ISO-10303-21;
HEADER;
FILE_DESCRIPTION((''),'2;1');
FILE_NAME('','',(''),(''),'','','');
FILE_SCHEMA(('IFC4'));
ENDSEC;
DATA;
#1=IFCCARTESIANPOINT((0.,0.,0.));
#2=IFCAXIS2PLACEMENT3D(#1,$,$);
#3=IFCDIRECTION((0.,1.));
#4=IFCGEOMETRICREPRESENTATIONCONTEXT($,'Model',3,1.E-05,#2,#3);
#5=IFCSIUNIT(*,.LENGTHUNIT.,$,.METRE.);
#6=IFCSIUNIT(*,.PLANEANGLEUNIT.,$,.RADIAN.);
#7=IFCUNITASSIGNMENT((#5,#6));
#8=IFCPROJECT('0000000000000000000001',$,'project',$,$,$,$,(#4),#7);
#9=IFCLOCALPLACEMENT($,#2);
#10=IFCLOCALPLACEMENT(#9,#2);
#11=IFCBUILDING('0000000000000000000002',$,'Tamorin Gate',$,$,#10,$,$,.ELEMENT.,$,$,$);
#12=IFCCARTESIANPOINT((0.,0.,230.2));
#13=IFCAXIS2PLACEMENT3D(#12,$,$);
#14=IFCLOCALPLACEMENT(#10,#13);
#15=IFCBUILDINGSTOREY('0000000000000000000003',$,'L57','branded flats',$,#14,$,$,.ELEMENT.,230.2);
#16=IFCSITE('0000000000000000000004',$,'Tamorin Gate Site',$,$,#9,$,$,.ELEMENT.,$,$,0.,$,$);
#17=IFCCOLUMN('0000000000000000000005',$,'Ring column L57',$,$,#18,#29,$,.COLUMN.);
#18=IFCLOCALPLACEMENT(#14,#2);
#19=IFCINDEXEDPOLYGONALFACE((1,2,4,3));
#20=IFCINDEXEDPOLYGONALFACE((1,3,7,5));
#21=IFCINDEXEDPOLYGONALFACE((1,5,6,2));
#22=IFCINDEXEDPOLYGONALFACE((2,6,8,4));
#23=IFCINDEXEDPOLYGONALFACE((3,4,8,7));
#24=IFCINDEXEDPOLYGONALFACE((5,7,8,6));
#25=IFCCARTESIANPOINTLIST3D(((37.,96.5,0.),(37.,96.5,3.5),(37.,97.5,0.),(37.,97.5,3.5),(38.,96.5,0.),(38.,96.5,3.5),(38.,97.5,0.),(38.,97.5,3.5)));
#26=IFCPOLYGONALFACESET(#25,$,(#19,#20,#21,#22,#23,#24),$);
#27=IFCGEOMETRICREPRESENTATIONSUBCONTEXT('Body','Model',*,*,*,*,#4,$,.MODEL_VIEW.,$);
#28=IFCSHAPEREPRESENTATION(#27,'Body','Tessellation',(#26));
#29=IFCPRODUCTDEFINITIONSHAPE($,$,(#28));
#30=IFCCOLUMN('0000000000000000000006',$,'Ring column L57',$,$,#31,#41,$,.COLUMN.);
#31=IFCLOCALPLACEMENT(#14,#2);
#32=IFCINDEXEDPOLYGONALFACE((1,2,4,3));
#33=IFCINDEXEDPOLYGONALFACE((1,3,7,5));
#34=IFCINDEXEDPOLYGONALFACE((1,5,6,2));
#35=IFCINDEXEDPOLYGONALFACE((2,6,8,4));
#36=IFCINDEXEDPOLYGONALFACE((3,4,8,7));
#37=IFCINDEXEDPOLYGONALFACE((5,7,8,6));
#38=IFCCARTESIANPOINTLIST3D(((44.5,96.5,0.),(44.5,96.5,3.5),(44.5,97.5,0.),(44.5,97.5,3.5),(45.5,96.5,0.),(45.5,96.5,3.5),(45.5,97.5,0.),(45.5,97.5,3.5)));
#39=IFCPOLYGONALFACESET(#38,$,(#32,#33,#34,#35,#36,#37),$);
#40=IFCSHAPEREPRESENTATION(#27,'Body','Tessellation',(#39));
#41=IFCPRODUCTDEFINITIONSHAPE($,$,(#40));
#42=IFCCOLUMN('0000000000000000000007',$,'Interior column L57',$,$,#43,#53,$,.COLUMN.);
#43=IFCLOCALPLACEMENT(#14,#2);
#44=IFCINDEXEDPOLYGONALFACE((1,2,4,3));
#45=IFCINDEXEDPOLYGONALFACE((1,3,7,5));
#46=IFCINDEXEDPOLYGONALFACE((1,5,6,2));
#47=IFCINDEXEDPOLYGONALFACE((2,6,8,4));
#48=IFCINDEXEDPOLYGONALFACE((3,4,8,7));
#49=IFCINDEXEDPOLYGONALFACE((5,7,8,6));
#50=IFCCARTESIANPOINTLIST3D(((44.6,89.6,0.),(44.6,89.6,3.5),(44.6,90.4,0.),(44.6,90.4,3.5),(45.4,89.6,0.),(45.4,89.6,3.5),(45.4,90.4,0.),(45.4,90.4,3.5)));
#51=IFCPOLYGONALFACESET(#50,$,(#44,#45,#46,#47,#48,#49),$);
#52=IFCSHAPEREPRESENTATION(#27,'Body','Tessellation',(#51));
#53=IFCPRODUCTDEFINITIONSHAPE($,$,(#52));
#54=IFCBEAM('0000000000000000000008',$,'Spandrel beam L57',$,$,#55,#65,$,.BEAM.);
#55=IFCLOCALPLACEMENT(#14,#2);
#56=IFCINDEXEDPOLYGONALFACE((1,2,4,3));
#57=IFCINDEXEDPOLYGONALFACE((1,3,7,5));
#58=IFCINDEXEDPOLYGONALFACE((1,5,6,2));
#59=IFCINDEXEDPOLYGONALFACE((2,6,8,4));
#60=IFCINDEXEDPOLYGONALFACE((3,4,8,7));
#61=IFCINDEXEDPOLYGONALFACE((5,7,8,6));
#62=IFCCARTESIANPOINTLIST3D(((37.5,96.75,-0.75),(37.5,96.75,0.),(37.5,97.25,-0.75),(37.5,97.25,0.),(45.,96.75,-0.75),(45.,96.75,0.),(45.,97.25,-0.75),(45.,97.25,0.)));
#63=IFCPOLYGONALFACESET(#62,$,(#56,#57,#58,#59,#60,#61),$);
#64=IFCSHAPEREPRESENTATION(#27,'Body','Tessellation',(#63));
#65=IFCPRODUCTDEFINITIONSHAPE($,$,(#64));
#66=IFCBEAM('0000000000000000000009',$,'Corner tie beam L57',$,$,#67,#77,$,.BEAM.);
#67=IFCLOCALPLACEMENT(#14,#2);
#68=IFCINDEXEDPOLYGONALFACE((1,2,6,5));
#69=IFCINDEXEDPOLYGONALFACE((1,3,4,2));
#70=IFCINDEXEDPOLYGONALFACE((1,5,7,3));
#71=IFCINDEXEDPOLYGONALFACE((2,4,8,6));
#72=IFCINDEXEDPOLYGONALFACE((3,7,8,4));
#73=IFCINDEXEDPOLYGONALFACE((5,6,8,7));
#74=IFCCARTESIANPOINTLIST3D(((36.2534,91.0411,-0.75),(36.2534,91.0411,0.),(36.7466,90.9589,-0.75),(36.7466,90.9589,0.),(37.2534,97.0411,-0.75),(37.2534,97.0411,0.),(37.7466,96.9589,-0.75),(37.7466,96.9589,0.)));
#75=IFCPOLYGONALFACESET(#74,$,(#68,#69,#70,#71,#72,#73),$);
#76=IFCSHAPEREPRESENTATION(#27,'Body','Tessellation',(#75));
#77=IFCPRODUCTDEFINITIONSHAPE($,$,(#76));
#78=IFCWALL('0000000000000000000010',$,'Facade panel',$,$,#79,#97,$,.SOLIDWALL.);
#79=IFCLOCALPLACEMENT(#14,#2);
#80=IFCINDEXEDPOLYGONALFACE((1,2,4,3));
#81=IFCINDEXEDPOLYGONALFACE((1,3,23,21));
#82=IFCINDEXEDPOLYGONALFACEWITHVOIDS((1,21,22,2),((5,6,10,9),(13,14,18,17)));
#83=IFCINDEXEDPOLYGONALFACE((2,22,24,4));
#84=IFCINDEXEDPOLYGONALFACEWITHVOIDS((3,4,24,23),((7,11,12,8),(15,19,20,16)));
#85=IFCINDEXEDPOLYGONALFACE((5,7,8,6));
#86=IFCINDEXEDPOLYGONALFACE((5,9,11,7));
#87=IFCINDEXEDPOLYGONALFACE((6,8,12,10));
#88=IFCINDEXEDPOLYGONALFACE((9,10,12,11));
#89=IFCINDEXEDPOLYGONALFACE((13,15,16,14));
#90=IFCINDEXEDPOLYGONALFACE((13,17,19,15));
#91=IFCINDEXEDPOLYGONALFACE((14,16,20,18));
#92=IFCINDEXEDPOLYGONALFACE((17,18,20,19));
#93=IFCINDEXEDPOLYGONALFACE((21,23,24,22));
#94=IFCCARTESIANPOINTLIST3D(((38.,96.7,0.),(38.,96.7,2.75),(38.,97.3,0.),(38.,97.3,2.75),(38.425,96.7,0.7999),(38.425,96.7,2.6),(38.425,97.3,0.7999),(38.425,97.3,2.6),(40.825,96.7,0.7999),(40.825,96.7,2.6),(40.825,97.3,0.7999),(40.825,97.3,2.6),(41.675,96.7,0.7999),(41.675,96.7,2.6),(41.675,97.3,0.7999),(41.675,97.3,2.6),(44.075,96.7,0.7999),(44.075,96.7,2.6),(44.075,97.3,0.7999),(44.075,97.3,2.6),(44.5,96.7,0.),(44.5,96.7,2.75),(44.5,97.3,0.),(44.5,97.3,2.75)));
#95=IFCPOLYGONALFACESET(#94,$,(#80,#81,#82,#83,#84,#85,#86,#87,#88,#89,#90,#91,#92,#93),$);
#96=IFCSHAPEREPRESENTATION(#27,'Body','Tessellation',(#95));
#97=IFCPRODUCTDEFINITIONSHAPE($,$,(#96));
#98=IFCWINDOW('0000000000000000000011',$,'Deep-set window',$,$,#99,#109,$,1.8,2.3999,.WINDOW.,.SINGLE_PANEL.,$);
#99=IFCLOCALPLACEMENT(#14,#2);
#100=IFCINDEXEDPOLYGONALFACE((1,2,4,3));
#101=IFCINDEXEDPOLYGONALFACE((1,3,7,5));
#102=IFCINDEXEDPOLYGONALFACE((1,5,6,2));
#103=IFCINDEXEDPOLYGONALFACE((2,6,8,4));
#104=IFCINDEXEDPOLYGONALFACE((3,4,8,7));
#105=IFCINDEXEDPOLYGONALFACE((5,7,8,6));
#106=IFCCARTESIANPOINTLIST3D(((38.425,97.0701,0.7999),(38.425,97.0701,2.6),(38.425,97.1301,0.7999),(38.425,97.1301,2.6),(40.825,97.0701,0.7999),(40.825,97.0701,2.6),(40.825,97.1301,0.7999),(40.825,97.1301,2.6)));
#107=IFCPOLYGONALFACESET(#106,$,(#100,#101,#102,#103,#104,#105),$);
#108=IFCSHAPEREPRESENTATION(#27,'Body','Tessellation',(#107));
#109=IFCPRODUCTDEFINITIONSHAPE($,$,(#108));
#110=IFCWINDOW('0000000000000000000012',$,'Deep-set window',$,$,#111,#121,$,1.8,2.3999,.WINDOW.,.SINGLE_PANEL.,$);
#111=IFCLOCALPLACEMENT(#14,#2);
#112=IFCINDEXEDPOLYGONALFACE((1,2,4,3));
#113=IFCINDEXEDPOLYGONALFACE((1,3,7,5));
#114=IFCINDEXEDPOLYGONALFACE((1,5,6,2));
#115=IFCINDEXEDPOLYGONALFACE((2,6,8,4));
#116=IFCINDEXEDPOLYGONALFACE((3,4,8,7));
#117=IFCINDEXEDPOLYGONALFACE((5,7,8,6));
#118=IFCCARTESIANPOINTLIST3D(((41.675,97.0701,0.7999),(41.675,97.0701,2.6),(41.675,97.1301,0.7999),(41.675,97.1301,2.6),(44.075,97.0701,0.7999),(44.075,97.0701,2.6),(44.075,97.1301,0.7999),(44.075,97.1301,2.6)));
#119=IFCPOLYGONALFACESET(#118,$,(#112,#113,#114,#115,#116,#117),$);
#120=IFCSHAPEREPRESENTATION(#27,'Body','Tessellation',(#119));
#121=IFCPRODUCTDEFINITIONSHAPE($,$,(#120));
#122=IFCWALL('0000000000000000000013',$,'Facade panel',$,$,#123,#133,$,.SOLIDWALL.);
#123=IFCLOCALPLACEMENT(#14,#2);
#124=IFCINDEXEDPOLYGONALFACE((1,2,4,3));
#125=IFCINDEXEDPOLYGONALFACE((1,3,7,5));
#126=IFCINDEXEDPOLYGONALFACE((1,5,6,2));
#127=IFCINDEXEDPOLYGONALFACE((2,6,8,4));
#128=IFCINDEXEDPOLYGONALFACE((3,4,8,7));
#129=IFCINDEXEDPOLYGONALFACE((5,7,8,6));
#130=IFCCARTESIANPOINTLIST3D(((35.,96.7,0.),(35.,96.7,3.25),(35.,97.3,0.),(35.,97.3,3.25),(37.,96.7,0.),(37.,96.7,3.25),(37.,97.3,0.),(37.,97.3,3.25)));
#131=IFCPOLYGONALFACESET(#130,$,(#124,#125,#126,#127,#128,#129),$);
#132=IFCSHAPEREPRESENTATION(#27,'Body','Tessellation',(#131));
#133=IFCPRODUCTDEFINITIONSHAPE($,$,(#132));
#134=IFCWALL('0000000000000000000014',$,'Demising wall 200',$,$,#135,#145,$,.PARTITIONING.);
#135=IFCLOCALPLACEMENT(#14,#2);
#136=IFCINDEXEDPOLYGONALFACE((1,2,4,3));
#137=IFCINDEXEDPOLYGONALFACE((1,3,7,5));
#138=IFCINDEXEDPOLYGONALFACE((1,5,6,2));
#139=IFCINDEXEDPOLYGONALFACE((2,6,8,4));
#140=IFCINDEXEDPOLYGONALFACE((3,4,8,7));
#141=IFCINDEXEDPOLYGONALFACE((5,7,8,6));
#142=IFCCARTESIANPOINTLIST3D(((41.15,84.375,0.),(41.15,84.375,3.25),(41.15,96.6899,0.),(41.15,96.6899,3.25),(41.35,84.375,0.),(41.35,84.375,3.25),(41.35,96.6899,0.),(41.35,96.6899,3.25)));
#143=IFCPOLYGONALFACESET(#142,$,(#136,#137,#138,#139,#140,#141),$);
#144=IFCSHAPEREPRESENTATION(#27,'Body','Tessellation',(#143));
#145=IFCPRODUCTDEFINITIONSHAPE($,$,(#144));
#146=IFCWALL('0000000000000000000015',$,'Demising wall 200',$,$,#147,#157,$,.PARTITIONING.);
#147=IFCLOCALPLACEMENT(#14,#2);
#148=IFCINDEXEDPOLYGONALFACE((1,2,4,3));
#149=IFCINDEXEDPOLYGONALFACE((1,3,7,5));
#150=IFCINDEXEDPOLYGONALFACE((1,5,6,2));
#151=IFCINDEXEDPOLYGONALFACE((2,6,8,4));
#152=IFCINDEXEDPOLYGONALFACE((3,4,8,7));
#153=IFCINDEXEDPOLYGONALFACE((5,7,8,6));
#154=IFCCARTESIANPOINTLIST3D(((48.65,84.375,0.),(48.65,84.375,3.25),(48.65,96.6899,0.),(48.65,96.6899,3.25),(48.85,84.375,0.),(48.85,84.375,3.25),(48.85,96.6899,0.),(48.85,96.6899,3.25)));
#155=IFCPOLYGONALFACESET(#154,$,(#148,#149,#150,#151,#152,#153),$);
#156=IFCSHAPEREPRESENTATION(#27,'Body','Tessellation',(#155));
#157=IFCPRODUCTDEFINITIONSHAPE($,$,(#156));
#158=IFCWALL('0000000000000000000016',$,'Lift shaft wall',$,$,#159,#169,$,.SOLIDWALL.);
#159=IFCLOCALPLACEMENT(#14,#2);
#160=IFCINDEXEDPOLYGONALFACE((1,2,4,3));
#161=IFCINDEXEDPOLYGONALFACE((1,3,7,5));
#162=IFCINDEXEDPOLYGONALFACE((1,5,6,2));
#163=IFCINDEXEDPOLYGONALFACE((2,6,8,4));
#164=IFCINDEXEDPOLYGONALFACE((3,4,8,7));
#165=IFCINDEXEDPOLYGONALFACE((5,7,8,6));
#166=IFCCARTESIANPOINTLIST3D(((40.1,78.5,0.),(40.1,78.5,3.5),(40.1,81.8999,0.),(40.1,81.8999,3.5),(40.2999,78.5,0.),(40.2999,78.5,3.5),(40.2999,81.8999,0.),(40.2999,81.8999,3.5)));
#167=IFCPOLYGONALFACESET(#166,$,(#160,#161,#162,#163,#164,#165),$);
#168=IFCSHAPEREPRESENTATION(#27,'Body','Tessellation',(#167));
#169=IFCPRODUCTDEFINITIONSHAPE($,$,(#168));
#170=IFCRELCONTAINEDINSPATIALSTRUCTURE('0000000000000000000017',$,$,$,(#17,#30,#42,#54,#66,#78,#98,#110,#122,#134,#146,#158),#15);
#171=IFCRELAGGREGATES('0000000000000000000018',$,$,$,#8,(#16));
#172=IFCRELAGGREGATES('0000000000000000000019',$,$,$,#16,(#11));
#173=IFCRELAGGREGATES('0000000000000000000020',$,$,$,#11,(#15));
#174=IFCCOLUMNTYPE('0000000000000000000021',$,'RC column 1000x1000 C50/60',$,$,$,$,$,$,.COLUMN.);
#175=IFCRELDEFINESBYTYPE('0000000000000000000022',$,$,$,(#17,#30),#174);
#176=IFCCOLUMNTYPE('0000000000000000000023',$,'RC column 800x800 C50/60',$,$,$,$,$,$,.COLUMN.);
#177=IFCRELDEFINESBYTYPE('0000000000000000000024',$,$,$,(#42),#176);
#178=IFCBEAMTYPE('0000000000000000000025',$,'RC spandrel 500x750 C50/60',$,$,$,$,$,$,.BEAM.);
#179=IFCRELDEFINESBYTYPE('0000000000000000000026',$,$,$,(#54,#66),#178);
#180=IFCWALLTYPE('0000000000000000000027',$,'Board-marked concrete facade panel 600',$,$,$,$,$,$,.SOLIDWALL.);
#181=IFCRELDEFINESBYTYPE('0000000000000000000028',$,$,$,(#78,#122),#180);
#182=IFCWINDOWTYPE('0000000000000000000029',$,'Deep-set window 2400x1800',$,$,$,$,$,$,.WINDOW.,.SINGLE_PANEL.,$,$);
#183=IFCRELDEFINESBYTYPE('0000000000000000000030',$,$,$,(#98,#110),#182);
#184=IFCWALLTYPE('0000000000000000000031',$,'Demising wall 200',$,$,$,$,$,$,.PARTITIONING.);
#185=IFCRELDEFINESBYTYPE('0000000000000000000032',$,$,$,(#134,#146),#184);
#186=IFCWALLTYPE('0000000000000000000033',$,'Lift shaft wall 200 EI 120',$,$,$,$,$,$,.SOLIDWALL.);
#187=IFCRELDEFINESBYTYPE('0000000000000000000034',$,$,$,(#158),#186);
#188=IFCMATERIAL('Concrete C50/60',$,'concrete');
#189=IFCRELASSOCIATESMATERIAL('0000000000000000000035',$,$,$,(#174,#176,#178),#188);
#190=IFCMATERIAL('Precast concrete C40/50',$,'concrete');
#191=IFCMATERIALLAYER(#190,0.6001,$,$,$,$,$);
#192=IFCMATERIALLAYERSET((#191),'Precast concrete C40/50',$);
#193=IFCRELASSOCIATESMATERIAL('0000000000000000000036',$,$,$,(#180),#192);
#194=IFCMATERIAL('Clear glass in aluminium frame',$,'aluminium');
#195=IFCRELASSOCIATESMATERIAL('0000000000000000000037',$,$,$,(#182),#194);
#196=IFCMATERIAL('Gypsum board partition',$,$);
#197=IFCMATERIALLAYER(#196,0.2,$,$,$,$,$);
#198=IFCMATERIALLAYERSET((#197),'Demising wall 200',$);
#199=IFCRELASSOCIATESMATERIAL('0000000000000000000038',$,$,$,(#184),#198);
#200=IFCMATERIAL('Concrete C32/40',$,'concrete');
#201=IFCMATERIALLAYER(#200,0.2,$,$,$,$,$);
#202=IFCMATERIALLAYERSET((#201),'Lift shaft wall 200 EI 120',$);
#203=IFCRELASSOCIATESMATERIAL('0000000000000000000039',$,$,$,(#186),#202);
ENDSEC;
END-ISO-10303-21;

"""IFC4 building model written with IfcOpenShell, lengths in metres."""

from ifc_helpers import new_model, si_unit, direction, frame, frame_2d, origin, origin_2d, place, context, subcontext, project, spatial, rectangle, extrude, material, layer, layer_set, material_profile, profile_set, type_object, element, fill, save


model = new_model("IFC4")

# Units and contexts
model_context = context("Model", 3, precision=1e-05, world=origin(), true_north=direction((0.0, 1.0)))
body_context = subcontext(model_context, "Body", "Model", "MODEL_VIEW")
ifc_project = project(units=[si_unit("LENGTHUNIT", "METRE"), si_unit("PLANEANGLEUNIT", "RADIAN")], contexts=[model_context])

# Site, building, storey
site_placement = place(None, origin())
site = spatial("IfcSite", under=ifc_project, at=site_placement, Name="Tamorin Gate Site", CompositionType="ELEMENT", RefElevation=0.0)
building_placement = place(site_placement, origin())
building = spatial("IfcBuilding", under=site, at=building_placement, Name="Tamorin Gate", CompositionType="ELEMENT")
storey_placement = place(building_placement, frame((0.0, 0.0, 230.2)))
storey = spatial("IfcBuildingStorey", under=building, at=storey_placement, Name="L57", Description="branded flats", CompositionType="ELEMENT", Elevation=230.2)

# Columns
ifc_material_1 = material(Name="Concrete C50/60", Category="concrete")
ifc_material_profile_1 = material_profile(ifc_material_1, rectangle(XDim=1.0, YDim=1.0, at=origin_2d()), Name="RC 1000x1000")
ifc_profile_set_1 = profile_set([ifc_material_profile_1], Name="Concrete C50/60")
column_type_1 = type_object("IfcColumnType", Name="RC column 1000x1000 C50/60", PredefinedType="COLUMN", material=ifc_profile_set_1)
for number, where, z_axis, x_axis, name in (
    (1, (37.5, 97.0, 0.0), (0.0, 0.0, 1.0), (1.0, 0.0, 0.0), "Ring column L57"),
    (2, (45.0, 97.0, 0.0), (0.0, 0.0, 1.0), (1.0, 0.0, 0.0), "Ring column L57"),
):
    element("IfcColumn", number, at=place(storey_placement, frame(where, z_axis=z_axis, x_axis=x_axis)), inside=storey, type_object=column_type_1, Name=name, PredefinedType="COLUMN", context=body_context, shape_type="SweptSolid", body=[
        extrude(rectangle(XDim=1.0, YDim=1.0, at=origin_2d()), origin(), (0.0, 0.0, 1.0), 3.5),
    ])
ifc_material_profile_2 = material_profile(ifc_material_1, rectangle(XDim=0.8, YDim=0.8, at=origin_2d()), Name="RC 800x800")
ifc_profile_set_2 = profile_set([ifc_material_profile_2], Name="Concrete C50/60")
column_type_2 = type_object("IfcColumnType", Name="RC column 800x800 C50/60", PredefinedType="COLUMN", material=ifc_profile_set_2)
column_placement = place(storey_placement, frame((45.0, 90.0, 0.0), z_axis=(0.0, 0.0, 1.0), x_axis=(1.0, 0.0, 0.0)))
element("IfcColumn", 3, at=column_placement, inside=storey, type_object=column_type_2, Name="Interior column L57", PredefinedType="COLUMN", context=body_context, shape_type="SweptSolid", body=[
    extrude(rectangle(XDim=0.8, YDim=0.8, at=origin_2d()), origin(), (0.0, 0.0, 1.0), 3.5),
])

# Beams
ifc_material_profile_3 = material_profile(ifc_material_1, rectangle(XDim=0.5, YDim=0.75, at=origin_2d()), Name="RC 500x750")
ifc_profile_set_3 = profile_set([ifc_material_profile_3], Name="Concrete C50/60")
beam_type = type_object("IfcBeamType", Name="RC spandrel 500x750 C50/60", PredefinedType="BEAM", material=ifc_profile_set_3)
beam_1_placement = place(storey_placement, frame((45.0, 97.0, -0.375), z_axis=(-1.0, 0.0, 0.0), x_axis=(0.0, -1.0, 0.0)))
element("IfcBeam", 4, at=beam_1_placement, inside=storey, type_object=beam_type, Name="Spandrel beam L57", PredefinedType="BEAM", context=body_context, shape_type="SweptSolid", body=[
    extrude(rectangle(XDim=0.5, YDim=0.75, at=origin_2d()), origin(), (0.0, 0.0, 1.0), 7.5),
])
beam_2_placement = place(storey_placement, frame((36.5, 91.0, -0.375), z_axis=(0.164399, 0.986394, 0.0), x_axis=(-0.986394, 0.164399, 0.0)))
element("IfcBeam", 5, at=beam_2_placement, inside=storey, type_object=beam_type, Name="Corner tie beam L57", PredefinedType="BEAM", context=body_context, shape_type="SweptSolid", body=[
    extrude(rectangle(XDim=0.5, YDim=0.75, at=origin_2d()), origin(), (0.0, 0.0, 1.0), 6.0828),
])

# Wall, openings, windows
ifc_material_2 = material(Name="Precast concrete C40/50", Category="concrete")
ifc_layer_1 = layer(ifc_material_2, 0.6001)
ifc_layer_set_1 = layer_set([ifc_layer_1], Name="Precast concrete C40/50")
wall_type_1 = type_object("IfcWallType", Name="Board-marked concrete facade panel 600", PredefinedType="SOLIDWALL", material=ifc_layer_set_1)
wall_1_placement = place(storey_placement, frame((44.5, 97.0, 0.0), z_axis=(0.0, 0.0, 1.0), x_axis=(-1.0, 0.0, 0.0)))
wall_1 = element("IfcWall", 6, at=wall_1_placement, inside=storey, type_object=wall_type_1, Name="Facade panel", PredefinedType="SOLIDWALL", context=body_context, shape_type="SweptSolid", body=[
    extrude(rectangle(XDim=6.5, YDim=0.6001, at=frame_2d((3.25, 0.0))), origin(), (0.0, 0.0, 1.0), 2.75),
])
opening_1_placement = place(wall_1_placement, frame((3.675, 0.0, 0.8)))
opening_1 = element("IfcOpeningElement", 7, at=opening_1_placement, cuts=wall_1, PredefinedType="OPENING", context=body_context, shape_type="SweptSolid", body=[
    extrude(rectangle(XDim=2.3999, YDim=1.8, at=frame_2d((1.2, 0.8999))), frame((0.0, 0.3101, 0.0), z_axis=(0.0, -1.0, 0.0), x_axis=(1.0, 0.0, 0.0)), (0.0, 0.0, 1.0), 0.6201),
])
opening_2_placement = place(wall_1_placement, frame((0.425, 0.0, 0.8)))
opening_2 = element("IfcOpeningElement", 8, at=opening_2_placement, cuts=wall_1, PredefinedType="OPENING", context=body_context, shape_type="SweptSolid", body=[
    extrude(rectangle(XDim=2.3999, YDim=1.8, at=frame_2d((1.2, 0.8999))), frame((0.0, 0.3101, 0.0), z_axis=(0.0, -1.0, 0.0), x_axis=(1.0, 0.0, 0.0)), (0.0, 0.0, 1.0), 0.6201),
])
ifc_material_3 = material(Name="Clear glass in aluminium frame", Category="aluminium")
window_type = type_object("IfcWindowType", Name="Deep-set window 2400x1800", PartitioningType="SINGLE_PANEL", PredefinedType="WINDOW", material=ifc_material_3)
window_1_placement = place(opening_1_placement, origin())
window_1 = element("IfcWindow", 9, at=window_1_placement, inside=storey, type_object=window_type, Name="Deep-set window", OverallHeight=1.8, OverallWidth=2.3999, PartitioningType="SINGLE_PANEL", PredefinedType="WINDOW", context=body_context, shape_type="SweptSolid", body=[
    extrude(rectangle(XDim=2.3999, YDim=1.8, at=frame_2d((1.2, 0.8999))), frame((0.0, -0.0701, 0.0), z_axis=(0.0, -1.0, 0.0), x_axis=(1.0, 0.0, 0.0)), (0.0, 0.0, 1.0), 0.0601),
])
fill(opening_1, window_1)
window_2_placement = place(opening_2_placement, origin())
window_2 = element("IfcWindow", 10, at=window_2_placement, inside=storey, type_object=window_type, Name="Deep-set window", OverallHeight=1.8, OverallWidth=2.3999, PartitioningType="SINGLE_PANEL", PredefinedType="WINDOW", context=body_context, shape_type="SweptSolid", body=[
    extrude(rectangle(XDim=2.3999, YDim=1.8, at=frame_2d((1.2, 0.8999))), frame((0.0, -0.0701, 0.0), z_axis=(0.0, -1.0, 0.0), x_axis=(1.0, 0.0, 0.0)), (0.0, 0.0, 1.0), 0.0601),
])
fill(opening_2, window_2)

# Walls
wall_2_placement = place(storey_placement, frame((37.0, 97.0, 0.0), z_axis=(0.0, 0.0, 1.0), x_axis=(-1.0, 0.0, 0.0)))
element("IfcWall", 11, at=wall_2_placement, inside=storey, type_object=wall_type_1, Name="Facade panel", PredefinedType="SOLIDWALL", context=body_context, shape_type="SweptSolid", body=[
    extrude(rectangle(XDim=2.0, YDim=0.6001, at=frame_2d((1.0, 0.0))), origin(), (0.0, 0.0, 1.0), 3.25),
])
ifc_material_4 = material(Name="Gypsum board partition")
ifc_layer_2 = layer(ifc_material_4, 0.2)
ifc_layer_set_2 = layer_set([ifc_layer_2], Name="Demising wall 200")
wall_type_2 = type_object("IfcWallType", Name="Demising wall 200", PredefinedType="PARTITIONING", material=ifc_layer_set_2)
for number, where, z_axis, x_axis, name in (
    (12, (41.25, 84.375, 0.0), (0.0, 0.0, 1.0), (0.0, 1.0, 0.0), "Demising wall 200"),
    (13, (48.75, 84.375, 0.0), (0.0, 0.0, 1.0), (0.0, 1.0, 0.0), "Demising wall 200"),
):
    element("IfcWall", number, at=place(storey_placement, frame(where, z_axis=z_axis, x_axis=x_axis)), inside=storey, type_object=wall_type_2, Name=name, PredefinedType="PARTITIONING", context=body_context, shape_type="SweptSolid", body=[
        extrude(rectangle(XDim=12.3149, YDim=0.2, at=frame_2d((6.1575, 0.0))), origin(), (0.0, 0.0, 1.0), 3.25),
    ])
ifc_material_5 = material(Name="Concrete C32/40", Category="concrete")
ifc_layer_3 = layer(ifc_material_5, 0.2)
ifc_layer_set_3 = layer_set([ifc_layer_3], Name="Lift shaft wall 200 EI 120")
wall_type_3 = type_object("IfcWallType", Name="Lift shaft wall 200 EI 120", PredefinedType="SOLIDWALL", material=ifc_layer_set_3)
wall_3_placement = place(storey_placement, frame((40.2, 78.5, 0.0), z_axis=(0.0, 0.0, 1.0), x_axis=(0.0, 1.0, 0.0)))
element("IfcWall", 14, at=wall_3_placement, inside=storey, type_object=wall_type_3, Name="Lift shaft wall", PredefinedType="SOLIDWALL", context=body_context, shape_type="SweptSolid", body=[
    extrude(rectangle(XDim=3.3999, YDim=0.2, at=frame_2d((1.7, 0.0))), origin(), (0.0, 0.0, 1.0), 3.5),
])

save(model, "model.ifc")
